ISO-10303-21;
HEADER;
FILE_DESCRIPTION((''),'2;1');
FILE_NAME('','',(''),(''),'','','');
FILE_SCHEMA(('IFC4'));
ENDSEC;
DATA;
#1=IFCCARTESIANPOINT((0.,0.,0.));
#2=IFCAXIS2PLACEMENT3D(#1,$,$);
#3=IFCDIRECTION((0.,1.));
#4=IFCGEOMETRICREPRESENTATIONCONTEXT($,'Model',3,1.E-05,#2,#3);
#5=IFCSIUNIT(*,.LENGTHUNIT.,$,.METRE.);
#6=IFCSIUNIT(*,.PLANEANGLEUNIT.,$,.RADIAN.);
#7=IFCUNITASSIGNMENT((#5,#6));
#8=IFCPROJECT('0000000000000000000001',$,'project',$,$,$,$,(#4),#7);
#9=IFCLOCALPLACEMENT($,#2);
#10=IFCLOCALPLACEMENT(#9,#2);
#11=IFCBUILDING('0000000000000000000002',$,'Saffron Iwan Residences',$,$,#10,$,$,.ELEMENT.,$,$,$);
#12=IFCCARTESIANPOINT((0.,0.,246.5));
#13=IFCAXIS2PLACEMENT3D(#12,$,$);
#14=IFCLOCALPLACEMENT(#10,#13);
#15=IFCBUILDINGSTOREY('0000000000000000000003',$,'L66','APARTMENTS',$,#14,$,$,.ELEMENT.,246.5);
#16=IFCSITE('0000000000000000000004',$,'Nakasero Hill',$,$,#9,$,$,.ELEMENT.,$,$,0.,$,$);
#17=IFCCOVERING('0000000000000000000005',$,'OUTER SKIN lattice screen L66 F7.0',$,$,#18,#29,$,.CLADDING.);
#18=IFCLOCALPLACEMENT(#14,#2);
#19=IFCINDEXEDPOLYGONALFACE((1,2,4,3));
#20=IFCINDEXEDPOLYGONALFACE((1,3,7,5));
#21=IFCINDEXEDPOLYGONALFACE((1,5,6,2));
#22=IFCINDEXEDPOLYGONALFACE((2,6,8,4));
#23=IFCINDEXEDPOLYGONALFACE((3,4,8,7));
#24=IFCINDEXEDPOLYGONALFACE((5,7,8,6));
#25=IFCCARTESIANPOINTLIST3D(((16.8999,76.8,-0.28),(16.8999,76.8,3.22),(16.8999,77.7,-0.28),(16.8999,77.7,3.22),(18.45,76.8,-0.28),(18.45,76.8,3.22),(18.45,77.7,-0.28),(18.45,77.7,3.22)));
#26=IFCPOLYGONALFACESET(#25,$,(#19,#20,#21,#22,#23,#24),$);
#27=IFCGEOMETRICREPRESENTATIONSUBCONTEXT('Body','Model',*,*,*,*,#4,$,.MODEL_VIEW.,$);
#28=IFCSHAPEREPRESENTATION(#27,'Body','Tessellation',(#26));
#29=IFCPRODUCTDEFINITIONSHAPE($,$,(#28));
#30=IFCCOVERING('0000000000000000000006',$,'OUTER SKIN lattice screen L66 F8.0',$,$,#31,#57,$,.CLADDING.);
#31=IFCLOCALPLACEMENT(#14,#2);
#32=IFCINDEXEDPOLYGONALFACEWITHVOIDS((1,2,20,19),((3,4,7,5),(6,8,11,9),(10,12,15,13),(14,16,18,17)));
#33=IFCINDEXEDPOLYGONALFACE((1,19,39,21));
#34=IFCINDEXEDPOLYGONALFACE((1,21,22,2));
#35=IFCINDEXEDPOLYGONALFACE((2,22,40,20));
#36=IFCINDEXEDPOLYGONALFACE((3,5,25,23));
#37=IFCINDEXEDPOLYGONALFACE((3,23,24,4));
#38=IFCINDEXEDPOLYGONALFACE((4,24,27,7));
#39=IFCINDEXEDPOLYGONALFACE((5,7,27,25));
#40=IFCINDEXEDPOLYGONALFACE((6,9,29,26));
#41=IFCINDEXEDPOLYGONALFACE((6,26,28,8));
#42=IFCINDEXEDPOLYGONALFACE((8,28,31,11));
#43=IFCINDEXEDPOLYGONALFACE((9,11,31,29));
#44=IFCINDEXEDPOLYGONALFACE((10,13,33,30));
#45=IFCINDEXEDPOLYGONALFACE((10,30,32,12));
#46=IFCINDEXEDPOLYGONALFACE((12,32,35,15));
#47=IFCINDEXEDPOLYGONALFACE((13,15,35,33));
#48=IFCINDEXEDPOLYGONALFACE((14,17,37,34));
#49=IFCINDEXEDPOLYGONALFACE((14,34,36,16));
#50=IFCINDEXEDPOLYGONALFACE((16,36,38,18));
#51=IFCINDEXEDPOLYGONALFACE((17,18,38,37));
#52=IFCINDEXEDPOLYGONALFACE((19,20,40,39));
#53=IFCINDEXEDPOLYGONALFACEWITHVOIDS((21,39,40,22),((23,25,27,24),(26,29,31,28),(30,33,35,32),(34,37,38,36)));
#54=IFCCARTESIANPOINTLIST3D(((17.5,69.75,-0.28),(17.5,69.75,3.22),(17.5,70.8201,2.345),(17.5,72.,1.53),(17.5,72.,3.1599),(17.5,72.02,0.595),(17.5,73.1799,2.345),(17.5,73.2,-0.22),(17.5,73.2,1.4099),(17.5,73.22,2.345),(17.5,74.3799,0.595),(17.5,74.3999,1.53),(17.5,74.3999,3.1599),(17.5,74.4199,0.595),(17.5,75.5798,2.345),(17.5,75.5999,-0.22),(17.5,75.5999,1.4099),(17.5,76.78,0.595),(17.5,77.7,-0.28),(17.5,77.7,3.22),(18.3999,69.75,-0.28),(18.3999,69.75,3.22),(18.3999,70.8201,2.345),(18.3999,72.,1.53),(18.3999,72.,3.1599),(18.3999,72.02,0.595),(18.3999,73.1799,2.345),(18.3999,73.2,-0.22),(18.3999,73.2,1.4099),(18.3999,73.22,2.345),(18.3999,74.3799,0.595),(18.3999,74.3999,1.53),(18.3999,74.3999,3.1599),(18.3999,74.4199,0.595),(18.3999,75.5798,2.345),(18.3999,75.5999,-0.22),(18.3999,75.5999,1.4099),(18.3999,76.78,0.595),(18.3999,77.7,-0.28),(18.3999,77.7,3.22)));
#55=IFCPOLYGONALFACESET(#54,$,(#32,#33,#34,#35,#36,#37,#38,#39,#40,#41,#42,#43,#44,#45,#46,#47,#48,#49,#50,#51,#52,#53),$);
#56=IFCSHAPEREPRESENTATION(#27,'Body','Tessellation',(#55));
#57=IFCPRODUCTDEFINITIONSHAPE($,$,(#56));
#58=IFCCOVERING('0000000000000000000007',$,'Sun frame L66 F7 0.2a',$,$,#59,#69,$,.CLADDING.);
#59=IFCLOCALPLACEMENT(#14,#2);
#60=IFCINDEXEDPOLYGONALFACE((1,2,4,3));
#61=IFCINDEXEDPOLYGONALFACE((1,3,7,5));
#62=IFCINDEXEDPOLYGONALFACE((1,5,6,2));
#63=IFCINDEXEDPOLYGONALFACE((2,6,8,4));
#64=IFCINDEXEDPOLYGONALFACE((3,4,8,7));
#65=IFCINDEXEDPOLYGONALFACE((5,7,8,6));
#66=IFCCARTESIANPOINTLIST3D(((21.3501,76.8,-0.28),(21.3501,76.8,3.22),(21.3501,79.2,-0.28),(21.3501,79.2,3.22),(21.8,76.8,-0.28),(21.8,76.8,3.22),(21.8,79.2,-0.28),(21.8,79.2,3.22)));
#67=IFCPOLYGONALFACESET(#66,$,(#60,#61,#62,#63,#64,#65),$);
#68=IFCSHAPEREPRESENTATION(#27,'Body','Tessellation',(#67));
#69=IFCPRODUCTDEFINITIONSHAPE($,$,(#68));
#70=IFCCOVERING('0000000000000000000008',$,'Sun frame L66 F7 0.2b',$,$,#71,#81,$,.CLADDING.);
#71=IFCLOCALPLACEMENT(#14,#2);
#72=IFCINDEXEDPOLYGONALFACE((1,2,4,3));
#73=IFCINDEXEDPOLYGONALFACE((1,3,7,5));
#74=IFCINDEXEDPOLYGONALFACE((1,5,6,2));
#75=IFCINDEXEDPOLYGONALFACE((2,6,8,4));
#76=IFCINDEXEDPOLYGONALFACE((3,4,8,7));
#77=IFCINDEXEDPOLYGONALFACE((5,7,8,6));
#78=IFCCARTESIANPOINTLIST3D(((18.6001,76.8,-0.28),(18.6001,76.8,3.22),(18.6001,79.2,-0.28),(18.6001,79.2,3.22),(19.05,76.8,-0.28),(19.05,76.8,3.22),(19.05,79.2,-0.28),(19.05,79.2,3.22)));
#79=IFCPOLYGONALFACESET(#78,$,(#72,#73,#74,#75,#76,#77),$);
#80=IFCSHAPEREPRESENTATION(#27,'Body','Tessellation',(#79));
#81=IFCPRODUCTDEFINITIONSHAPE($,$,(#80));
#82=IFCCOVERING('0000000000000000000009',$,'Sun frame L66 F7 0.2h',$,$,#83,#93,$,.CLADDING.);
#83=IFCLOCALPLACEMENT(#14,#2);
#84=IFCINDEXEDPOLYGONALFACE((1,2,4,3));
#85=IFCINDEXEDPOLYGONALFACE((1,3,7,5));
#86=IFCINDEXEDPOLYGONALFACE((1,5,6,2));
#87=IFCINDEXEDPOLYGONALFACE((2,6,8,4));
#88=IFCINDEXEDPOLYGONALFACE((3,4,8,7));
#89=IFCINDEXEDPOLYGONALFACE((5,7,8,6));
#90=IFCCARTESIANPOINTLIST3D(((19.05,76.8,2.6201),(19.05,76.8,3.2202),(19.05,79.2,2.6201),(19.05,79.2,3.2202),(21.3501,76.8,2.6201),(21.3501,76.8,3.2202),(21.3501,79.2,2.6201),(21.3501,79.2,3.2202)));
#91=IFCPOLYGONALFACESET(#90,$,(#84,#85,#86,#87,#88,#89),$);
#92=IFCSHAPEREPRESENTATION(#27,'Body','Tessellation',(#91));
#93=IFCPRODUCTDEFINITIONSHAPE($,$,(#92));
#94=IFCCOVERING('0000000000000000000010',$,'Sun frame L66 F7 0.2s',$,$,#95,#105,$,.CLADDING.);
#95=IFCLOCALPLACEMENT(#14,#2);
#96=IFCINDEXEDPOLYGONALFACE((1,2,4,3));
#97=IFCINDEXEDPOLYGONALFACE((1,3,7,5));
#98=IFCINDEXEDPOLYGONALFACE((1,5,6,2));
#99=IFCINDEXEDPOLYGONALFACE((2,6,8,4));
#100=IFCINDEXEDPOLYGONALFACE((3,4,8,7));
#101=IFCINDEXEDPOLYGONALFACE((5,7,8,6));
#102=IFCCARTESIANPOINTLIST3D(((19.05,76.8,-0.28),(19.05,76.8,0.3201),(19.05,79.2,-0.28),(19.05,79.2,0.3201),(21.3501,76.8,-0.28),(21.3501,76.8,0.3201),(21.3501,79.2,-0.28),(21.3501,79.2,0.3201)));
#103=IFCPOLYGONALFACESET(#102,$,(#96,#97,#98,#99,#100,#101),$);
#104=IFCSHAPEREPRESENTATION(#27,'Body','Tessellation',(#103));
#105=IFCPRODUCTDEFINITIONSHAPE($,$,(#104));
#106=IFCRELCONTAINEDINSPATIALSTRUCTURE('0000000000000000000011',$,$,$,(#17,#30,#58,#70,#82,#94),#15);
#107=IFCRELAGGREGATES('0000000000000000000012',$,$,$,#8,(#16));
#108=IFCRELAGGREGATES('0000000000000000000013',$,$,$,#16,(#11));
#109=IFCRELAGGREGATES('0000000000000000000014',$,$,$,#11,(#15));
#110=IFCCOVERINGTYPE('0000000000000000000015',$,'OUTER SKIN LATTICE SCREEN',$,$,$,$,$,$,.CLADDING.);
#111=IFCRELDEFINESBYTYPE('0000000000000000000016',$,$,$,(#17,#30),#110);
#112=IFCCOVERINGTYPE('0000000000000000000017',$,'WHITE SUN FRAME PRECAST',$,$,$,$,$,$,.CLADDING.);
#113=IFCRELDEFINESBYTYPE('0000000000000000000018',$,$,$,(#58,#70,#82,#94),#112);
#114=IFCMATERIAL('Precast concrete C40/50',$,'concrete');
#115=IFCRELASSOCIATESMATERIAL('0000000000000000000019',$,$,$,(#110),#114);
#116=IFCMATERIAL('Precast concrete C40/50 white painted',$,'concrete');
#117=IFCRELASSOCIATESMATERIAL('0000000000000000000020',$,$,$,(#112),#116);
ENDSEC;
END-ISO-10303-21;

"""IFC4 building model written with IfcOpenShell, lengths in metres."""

from ifc_helpers import new_model, si_unit, direction, frame, origin, place, context, subcontext, project, spatial, polyline, outline, extrude, material, type_object, element, save


model = new_model("IFC4")

# Units and contexts
model_context = context("Model", 3, precision=1e-05, world=origin(), true_north=direction((0.0, 1.0)))
body_context = subcontext(model_context, "Body", "Model", "MODEL_VIEW")
ifc_project = project(units=[si_unit("LENGTHUNIT", "METRE"), si_unit("PLANEANGLEUNIT", "RADIAN")], contexts=[model_context])

# Site, building, storey
site_placement = place(None, origin())
site = spatial("IfcSite", under=ifc_project, at=site_placement, Name="Nakasero Hill", CompositionType="ELEMENT", RefElevation=0.0)
building_placement = place(site_placement, origin())
building = spatial("IfcBuilding", under=site, at=building_placement, Name="Saffron Iwan Residences", CompositionType="ELEMENT")
storey_placement = place(building_placement, frame((0.0, 0.0, 246.5)))
storey = spatial("IfcBuildingStorey", under=building, at=storey_placement, Name="L66", Description="APARTMENTS", CompositionType="ELEMENT", Elevation=246.5)

# Coverings
ifc_material_1 = material(Name="Precast concrete C40/50", Category="concrete")
covering_type_1 = type_object("IfcCoveringType", Name="OUTER SKIN LATTICE SCREEN", PredefinedType="CLADDING", material=ifc_material_1)
covering_1_placement = place(storey_placement, frame((18.45, 76.8, -0.28), z_axis=(0.0, 1.0, 0.0), x_axis=(-1.0, 0.0, 0.0)))
element("IfcCovering", 1, at=covering_1_placement, inside=storey, type_object=covering_type_1, Name="OUTER SKIN lattice screen L66 F7.0", PredefinedType="CLADDING", context=body_context, shape_type="SweptSolid", body=[
    extrude(outline(polyline([(0.0, 0.0), (1.55, 0.0), (1.55, 3.5), (0.0, 3.5), (0.0, 0.0)])), origin(), (0.0, 0.0, 1.0), 0.8999),
])
covering_2_placement = place(storey_placement, frame((18.3999, 77.7, -0.28), z_axis=(-1.0, 0.0, 0.0), x_axis=(0.0, -1.0, 0.0)))
element("IfcCovering", 2, at=covering_2_placement, inside=storey, type_object=covering_type_1, Name="OUTER SKIN lattice screen L66 F8.0", PredefinedType="CLADDING", context=body_context, shape_type="SweptSolid", body=[
    extrude(outline(polyline([(0.0, 0.0), (7.95, 0.0), (7.95, 3.5), (0.0, 3.5), (0.0, 0.0)]), holes=[polyline([(0.9199, 0.875), (2.1001, 0.0601), (3.28, 0.875), (2.1001, 1.6899), (0.9199, 0.875)]), polyline([(3.3201, 0.875), (4.5, 0.0601), (5.6799, 0.875), (4.5, 1.6899), (3.3201, 0.875)]), polyline([(2.1201, 2.625), (3.3, 1.8101), (4.48, 2.625), (3.3, 3.4399), (2.1201, 2.625)]), polyline([(4.52, 2.625), (5.7, 1.8101), (6.8799, 2.625), (5.7, 3.4399), (4.52, 2.625)])]), origin(), (0.0, 0.0, 1.0), 0.8999),
])
ifc_material_2 = material(Name="Precast concrete C40/50 white painted", Category="concrete")
covering_type_2 = type_object("IfcCoveringType", Name="WHITE SUN FRAME PRECAST", PredefinedType="CLADDING", material=ifc_material_2)
for number, where, z_axis, x_axis, name in (
    (3, (21.8, 76.8, -0.28), (0.0, 1.0, 0.0), (-1.0, 0.0, 0.0), "Sun frame L66 F7 0.2a"),
    (4, (19.05, 76.8, -0.28), (0.0, 1.0, 0.0), (-1.0, 0.0, 0.0), "Sun frame L66 F7 0.2b"),
):
    element("IfcCovering", number, at=place(storey_placement, frame(where, z_axis=z_axis, x_axis=x_axis)), inside=storey, type_object=covering_type_2, Name=name, PredefinedType="CLADDING", context=body_context, shape_type="SweptSolid", body=[
        extrude(outline(polyline([(0.0, 0.0), (0.45, 0.0), (0.45, 3.5), (0.0, 3.5), (0.0, 0.0)])), origin(), (0.0, 0.0, 1.0), 2.3999),
    ])
for number, where, z_axis, x_axis, name in (
    (5, (21.3501, 76.8, 2.6201), (0.0, 1.0, 0.0), (-1.0, 0.0, 0.0), "Sun frame L66 F7 0.2h"),
    (6, (21.3501, 76.8, -0.28), (0.0, 1.0, 0.0), (-1.0, 0.0, 0.0), "Sun frame L66 F7 0.2s"),
):
    element("IfcCovering", number, at=place(storey_placement, frame(where, z_axis=z_axis, x_axis=x_axis)), inside=storey, type_object=covering_type_2, Name=name, PredefinedType="CLADDING", context=body_context, shape_type="SweptSolid", body=[
        extrude(outline(polyline([(0.0, 0.0), (2.3, 0.0), (2.3, 0.6001), (0.0, 0.6001), (0.0, 0.0)])), origin(), (0.0, 0.0, 1.0), 2.3999),
    ])

save(model, "model.ifc")
